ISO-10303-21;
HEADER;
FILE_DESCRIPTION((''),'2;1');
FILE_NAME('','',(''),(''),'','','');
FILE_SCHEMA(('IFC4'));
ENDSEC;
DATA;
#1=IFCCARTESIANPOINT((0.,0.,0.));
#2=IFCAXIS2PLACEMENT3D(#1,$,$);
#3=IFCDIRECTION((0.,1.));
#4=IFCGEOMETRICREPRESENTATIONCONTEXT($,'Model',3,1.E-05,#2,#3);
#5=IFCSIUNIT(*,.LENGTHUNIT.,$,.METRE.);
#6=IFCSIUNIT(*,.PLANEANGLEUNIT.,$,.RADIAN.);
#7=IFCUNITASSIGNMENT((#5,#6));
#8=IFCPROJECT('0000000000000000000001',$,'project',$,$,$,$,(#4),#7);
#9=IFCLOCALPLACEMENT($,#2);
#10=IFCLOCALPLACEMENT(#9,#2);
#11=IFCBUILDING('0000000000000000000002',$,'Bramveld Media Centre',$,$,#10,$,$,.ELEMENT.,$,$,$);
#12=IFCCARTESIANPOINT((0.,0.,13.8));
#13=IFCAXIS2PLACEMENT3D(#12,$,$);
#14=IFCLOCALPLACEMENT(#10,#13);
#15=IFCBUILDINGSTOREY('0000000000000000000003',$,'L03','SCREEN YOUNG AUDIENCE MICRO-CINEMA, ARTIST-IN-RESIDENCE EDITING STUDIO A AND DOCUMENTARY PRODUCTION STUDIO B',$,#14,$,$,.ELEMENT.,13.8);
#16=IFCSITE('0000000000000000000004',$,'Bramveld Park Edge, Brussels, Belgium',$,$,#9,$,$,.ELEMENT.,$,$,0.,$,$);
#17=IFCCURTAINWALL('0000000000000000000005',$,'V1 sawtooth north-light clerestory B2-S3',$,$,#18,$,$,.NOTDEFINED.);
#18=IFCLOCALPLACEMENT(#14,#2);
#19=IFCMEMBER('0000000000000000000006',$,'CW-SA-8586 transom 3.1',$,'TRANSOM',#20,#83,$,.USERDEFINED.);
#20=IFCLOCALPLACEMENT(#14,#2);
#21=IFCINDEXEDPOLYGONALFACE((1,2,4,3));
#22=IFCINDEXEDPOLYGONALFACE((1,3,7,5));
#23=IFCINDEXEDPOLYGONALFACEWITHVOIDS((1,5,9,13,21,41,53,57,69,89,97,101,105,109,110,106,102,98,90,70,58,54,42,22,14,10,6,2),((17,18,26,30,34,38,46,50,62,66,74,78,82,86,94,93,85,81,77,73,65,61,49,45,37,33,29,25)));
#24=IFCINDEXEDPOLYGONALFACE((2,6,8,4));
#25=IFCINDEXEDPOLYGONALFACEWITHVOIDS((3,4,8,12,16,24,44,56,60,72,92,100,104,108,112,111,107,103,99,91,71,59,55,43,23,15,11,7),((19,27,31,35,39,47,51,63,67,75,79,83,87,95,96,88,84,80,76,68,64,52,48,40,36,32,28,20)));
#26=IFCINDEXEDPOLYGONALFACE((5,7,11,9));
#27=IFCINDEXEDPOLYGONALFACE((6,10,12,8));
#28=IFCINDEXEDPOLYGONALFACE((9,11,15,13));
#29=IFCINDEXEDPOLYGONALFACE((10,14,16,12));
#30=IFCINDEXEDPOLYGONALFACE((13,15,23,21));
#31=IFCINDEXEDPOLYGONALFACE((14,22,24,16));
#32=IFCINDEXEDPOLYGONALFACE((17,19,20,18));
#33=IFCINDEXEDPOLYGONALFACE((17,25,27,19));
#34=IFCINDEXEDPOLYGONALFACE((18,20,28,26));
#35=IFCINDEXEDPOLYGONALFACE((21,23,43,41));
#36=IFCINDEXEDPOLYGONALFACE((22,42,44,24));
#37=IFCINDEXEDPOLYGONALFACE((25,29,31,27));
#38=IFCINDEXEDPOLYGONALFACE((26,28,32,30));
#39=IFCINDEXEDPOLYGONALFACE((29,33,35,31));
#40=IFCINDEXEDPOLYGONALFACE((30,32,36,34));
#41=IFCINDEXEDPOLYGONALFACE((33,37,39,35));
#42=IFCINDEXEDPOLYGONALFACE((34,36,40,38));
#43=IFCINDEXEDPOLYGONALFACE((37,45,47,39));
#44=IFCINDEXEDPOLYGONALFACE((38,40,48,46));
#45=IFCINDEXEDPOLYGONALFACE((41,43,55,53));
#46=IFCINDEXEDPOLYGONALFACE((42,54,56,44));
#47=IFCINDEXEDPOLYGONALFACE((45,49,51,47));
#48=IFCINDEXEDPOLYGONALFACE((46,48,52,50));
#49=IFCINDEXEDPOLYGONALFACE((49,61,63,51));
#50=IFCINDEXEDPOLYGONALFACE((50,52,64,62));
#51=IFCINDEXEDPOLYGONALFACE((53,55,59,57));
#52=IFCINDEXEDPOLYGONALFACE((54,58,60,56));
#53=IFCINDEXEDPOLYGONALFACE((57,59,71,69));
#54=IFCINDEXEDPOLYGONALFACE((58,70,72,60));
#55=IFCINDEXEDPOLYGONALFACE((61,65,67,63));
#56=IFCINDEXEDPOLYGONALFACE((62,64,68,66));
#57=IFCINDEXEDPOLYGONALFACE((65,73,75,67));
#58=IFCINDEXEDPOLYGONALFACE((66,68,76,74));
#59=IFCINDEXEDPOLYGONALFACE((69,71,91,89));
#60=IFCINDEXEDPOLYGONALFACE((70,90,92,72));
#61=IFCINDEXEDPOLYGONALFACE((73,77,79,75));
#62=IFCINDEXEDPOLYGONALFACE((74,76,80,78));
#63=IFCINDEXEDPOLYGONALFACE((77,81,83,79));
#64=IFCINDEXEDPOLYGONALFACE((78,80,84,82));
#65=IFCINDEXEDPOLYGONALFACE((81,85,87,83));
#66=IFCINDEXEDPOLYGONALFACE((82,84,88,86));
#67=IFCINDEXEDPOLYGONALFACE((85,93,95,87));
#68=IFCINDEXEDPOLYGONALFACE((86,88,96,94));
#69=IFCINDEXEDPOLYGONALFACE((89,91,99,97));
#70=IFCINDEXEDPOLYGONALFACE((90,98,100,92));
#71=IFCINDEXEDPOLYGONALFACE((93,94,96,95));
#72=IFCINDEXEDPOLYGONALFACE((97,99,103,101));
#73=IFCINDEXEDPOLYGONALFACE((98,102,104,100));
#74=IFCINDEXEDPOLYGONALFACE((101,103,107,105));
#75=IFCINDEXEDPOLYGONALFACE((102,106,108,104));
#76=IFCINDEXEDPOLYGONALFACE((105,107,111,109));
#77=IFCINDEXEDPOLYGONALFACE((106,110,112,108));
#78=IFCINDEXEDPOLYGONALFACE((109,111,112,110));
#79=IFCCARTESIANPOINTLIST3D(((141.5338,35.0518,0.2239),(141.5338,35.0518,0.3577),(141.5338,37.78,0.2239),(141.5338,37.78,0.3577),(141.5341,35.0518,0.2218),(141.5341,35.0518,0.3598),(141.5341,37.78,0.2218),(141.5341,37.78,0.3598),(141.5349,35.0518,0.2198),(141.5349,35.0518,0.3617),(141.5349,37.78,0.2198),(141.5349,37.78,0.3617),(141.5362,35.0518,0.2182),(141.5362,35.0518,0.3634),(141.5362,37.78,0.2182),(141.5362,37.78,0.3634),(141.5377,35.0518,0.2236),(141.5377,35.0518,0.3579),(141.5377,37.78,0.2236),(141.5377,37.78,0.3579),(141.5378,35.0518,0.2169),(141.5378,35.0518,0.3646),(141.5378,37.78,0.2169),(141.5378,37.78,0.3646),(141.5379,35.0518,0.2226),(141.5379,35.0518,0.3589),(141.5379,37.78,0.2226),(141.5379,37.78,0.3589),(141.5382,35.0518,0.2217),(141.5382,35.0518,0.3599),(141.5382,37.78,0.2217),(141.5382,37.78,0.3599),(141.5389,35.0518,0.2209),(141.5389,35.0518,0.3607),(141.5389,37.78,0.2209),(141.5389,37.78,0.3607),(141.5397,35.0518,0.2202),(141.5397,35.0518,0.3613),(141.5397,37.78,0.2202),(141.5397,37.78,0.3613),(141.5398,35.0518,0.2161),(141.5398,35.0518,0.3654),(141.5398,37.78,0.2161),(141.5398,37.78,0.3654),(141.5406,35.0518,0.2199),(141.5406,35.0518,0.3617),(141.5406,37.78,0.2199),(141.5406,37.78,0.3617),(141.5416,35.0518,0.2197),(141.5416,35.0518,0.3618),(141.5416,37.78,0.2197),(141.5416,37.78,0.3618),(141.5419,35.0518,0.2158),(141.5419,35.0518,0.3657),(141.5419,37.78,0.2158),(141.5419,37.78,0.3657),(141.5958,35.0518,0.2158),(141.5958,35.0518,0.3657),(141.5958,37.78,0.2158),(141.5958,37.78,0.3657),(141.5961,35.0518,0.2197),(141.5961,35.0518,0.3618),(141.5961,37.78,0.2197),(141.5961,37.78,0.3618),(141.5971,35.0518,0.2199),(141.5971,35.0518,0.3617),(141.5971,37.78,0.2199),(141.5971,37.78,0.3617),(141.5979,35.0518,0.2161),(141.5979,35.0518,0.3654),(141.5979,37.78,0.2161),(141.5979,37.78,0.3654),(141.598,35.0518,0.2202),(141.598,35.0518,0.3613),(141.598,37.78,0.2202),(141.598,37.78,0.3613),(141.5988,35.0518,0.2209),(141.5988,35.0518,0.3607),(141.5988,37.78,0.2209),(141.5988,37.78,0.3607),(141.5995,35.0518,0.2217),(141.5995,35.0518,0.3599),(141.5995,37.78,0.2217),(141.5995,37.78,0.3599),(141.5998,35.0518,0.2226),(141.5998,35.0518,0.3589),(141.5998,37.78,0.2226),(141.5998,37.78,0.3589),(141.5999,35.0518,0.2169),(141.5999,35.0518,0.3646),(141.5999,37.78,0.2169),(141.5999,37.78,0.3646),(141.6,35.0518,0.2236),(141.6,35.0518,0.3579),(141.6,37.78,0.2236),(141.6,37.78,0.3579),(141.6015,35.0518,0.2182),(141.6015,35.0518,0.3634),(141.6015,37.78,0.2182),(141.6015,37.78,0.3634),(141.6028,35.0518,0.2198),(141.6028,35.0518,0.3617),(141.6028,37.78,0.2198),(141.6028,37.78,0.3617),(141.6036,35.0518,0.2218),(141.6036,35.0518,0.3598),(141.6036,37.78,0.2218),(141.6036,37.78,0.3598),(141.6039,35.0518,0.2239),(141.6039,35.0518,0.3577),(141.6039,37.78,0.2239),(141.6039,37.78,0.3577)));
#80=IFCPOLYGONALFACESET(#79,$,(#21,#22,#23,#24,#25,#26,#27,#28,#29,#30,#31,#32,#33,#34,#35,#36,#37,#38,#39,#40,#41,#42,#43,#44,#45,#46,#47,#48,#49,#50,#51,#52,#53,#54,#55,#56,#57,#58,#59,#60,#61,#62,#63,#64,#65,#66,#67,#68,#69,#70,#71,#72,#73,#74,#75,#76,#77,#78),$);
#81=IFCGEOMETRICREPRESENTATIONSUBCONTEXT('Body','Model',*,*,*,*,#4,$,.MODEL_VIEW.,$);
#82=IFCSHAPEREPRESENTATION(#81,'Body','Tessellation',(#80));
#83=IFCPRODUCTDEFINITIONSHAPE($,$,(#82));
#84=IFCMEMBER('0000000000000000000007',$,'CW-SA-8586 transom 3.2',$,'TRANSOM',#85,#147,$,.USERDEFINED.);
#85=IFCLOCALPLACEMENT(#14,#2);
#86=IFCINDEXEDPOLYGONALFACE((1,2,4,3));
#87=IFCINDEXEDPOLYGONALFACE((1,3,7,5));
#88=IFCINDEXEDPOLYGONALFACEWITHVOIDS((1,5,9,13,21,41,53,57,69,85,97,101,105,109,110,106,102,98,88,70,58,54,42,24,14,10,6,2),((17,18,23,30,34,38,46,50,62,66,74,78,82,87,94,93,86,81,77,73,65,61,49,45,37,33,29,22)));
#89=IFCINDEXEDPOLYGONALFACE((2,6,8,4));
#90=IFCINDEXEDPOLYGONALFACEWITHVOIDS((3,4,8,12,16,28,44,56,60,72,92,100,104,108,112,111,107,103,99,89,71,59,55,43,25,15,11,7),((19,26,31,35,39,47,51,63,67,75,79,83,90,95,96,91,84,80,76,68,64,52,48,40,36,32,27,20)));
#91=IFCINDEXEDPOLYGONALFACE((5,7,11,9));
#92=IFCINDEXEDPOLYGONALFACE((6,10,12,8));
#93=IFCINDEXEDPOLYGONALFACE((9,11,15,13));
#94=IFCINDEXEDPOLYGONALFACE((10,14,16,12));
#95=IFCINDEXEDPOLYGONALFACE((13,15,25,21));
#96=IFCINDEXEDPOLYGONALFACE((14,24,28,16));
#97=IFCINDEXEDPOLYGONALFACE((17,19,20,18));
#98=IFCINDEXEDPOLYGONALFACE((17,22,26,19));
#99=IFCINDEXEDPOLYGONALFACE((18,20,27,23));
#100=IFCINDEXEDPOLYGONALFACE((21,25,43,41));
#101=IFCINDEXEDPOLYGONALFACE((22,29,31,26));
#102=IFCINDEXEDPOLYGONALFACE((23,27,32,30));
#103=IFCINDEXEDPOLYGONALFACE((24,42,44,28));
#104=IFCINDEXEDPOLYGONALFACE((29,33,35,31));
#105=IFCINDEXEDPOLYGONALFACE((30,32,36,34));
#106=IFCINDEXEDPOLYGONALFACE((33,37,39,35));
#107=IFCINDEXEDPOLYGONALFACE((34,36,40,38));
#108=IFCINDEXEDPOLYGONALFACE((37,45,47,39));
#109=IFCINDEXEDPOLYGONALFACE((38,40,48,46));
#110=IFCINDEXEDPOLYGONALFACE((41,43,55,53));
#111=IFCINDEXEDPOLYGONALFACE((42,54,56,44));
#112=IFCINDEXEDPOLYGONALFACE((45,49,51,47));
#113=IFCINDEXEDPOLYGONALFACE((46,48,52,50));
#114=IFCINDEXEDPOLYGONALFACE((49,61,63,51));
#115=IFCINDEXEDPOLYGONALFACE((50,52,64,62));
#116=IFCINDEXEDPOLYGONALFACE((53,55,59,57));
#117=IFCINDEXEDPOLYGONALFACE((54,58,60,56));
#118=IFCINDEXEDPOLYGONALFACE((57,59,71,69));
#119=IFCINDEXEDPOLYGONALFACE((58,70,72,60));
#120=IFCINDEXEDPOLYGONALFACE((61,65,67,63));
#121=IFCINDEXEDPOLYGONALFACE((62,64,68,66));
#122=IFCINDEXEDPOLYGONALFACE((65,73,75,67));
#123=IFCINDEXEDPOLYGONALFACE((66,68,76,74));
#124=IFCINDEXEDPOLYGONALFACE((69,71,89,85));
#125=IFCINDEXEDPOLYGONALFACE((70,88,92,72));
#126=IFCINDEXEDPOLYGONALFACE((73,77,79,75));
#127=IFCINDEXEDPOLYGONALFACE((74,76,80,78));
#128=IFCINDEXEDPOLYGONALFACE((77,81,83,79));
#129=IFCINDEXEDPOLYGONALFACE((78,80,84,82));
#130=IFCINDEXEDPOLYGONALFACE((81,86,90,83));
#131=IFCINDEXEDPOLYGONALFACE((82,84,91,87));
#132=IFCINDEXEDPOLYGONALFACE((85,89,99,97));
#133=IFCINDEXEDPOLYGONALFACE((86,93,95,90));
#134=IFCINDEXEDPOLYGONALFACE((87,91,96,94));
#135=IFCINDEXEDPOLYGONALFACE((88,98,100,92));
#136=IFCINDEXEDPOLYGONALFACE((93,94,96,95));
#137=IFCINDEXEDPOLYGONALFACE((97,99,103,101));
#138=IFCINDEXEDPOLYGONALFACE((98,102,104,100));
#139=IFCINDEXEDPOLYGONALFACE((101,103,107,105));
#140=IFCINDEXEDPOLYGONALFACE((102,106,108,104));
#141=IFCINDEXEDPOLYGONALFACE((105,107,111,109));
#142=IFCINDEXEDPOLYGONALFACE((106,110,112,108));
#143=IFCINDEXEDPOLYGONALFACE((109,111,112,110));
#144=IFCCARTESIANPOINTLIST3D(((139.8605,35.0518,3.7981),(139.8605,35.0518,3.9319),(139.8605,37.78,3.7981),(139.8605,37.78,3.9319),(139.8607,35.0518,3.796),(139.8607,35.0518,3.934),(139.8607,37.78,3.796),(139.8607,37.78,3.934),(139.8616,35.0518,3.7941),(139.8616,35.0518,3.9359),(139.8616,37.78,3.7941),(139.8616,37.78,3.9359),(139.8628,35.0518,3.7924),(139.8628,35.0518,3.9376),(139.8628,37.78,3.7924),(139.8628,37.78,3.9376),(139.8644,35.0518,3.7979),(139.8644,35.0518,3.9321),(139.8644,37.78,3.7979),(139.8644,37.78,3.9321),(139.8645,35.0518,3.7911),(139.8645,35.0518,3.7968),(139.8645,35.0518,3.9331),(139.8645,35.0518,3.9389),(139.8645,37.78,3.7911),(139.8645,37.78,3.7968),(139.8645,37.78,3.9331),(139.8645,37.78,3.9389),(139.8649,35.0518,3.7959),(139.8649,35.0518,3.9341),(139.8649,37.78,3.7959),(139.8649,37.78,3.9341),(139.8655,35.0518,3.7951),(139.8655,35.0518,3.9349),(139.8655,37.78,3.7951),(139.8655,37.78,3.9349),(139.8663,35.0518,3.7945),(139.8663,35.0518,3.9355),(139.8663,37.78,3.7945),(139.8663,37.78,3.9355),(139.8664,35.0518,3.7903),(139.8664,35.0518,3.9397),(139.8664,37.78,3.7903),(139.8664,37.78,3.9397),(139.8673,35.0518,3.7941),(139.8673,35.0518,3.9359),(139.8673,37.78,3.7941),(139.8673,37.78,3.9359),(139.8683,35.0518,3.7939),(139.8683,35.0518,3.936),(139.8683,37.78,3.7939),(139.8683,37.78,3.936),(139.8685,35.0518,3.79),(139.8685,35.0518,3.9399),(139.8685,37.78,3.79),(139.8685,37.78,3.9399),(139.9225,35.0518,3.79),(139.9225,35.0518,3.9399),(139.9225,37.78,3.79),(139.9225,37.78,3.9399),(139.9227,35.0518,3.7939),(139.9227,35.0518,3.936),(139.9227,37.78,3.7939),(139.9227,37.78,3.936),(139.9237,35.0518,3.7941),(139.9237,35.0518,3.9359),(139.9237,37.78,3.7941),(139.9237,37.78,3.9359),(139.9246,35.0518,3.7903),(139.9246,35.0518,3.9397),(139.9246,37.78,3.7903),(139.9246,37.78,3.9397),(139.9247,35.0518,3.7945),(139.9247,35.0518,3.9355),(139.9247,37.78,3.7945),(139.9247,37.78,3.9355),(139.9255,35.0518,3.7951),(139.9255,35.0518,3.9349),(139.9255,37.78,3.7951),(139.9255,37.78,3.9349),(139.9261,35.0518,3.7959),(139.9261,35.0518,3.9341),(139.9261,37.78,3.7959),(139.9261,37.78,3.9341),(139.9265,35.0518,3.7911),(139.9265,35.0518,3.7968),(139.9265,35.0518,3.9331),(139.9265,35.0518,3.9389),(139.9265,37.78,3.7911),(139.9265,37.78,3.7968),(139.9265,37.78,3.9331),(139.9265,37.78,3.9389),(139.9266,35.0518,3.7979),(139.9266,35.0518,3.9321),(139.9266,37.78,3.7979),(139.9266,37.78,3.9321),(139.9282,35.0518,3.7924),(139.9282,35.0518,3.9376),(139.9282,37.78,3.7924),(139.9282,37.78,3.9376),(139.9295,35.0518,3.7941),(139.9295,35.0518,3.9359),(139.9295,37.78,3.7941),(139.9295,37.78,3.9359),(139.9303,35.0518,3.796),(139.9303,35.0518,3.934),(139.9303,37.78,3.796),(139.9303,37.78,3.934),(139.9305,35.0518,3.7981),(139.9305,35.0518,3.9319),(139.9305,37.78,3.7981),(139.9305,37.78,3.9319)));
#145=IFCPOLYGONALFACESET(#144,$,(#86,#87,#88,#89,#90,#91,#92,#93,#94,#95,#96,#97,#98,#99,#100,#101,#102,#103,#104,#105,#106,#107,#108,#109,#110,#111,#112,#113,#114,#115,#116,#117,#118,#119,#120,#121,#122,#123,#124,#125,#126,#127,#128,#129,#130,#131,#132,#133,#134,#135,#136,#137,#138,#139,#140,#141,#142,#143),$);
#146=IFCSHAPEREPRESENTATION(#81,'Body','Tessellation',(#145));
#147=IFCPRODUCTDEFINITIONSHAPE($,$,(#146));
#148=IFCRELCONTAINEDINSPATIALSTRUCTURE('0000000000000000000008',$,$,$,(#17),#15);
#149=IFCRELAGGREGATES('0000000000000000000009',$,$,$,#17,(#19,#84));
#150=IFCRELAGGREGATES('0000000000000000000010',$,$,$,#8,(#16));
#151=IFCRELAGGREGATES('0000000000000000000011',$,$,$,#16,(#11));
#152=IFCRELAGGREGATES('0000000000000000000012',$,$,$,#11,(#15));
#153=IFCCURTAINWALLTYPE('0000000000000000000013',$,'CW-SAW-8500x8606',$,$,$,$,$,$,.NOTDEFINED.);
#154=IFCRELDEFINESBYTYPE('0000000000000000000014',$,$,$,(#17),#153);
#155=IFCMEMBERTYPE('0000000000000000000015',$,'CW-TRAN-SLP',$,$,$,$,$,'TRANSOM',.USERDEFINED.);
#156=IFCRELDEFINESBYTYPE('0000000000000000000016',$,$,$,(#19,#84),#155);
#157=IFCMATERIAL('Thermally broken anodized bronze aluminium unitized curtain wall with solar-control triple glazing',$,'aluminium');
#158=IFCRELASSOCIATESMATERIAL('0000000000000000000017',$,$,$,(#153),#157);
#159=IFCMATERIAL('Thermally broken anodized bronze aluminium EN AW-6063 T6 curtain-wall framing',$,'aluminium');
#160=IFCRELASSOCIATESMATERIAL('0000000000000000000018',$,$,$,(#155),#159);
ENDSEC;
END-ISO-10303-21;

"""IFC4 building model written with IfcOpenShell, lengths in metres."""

from ifc_helpers import new_model, si_unit, direction, frame, origin, origin_2d, place, context, subcontext, project, spatial, hollow_rectangle, extrude, material, material_profile, profile_set, type_object, element, aggregate, save


model = new_model("IFC4")

# Units and contexts
model_context = context("Model", 3, precision=1e-05, world=origin(), true_north=direction((0.0, 1.0)))
body_context = subcontext(model_context, "Body", "Model", "MODEL_VIEW")
ifc_project = project(units=[si_unit("LENGTHUNIT", "METRE"), si_unit("PLANEANGLEUNIT", "RADIAN")], contexts=[model_context])

# Site, building, storey
site_placement = place(None, origin())
site = spatial("IfcSite", under=ifc_project, at=site_placement, Name="Bramveld Park Edge, Brussels, Belgium", CompositionType="ELEMENT", RefElevation=0.0)
building_placement = place(site_placement, origin())
building = spatial("IfcBuilding", under=site, at=building_placement, Name="Bramveld Media Centre", CompositionType="ELEMENT")
storey_placement = place(building_placement, frame((0.0, 0.0, 13.8)))
storey = spatial("IfcBuildingStorey", under=building, at=storey_placement, Name="L03", Description="SCREEN YOUNG AUDIENCE MICRO-CINEMA, ARTIST-IN-RESIDENCE EDITING STUDIO A AND DOCUMENTARY PRODUCTION STUDIO B", CompositionType="ELEMENT", Elevation=13.8)

# Curtain wall, members
ifc_material_1 = material(Name="Thermally broken anodized bronze aluminium unitized curtain wall with solar-control triple glazing", Category="aluminium")
curtain_wall_type = type_object("IfcCurtainWallType", Name="CW-SAW-8500x8606", PredefinedType="NOTDEFINED", material=ifc_material_1)
curtain_wall_1_placement = place(storey_placement, origin())
curtain_wall_1 = element("IfcCurtainWall", 1, at=curtain_wall_1_placement, inside=storey, type_object=curtain_wall_type, Name="V1 sawtooth north-light clerestory B2-S3", PredefinedType="NOTDEFINED")
ifc_material_2 = material(Name="Thermally broken anodized bronze aluminium EN AW-6063 T6 curtain-wall framing", Category="aluminium")
ifc_material_profile_1 = material_profile(ifc_material_2, hollow_rectangle(XDim=0.0701, YDim=0.1499, WallThickness=0.0039, InnerFilletRadius=0.0039, OuterFilletRadius=0.0081, at=origin_2d()), Name="AL-TRAN 70x150")
ifc_profile_set_1 = profile_set([ifc_material_profile_1], Name="Thermally broken anodized bronze aluminium EN AW-6063 T6 curtain-wall framing")
member_type_1 = type_object("IfcMemberType", Name="CW-TRAN-SLP", ElementType="TRANSOM", PredefinedType="USERDEFINED", material=ifc_profile_set_1)
member_1_placement = place(storey_placement, frame((141.5688, 35.0518, 0.2908), z_axis=(0.0, 1.0, 0.0), x_axis=(-1.0, 0.0, 0.0)))
member_1 = element("IfcMember", 2, at=member_1_placement, type_object=member_type_1, Name="CW-SA-8586 transom 3.1", ObjectType="TRANSOM", PredefinedType="USERDEFINED", context=body_context, shape_type="SweptSolid", body=[
    extrude(hollow_rectangle(XDim=0.0701, YDim=0.1499, WallThickness=0.0039, InnerFilletRadius=0.0039, OuterFilletRadius=0.0081, at=origin_2d()), origin(), (0.0, 0.0, 1.0), 2.7283),
])
member_2_placement = place(storey_placement, frame((139.8955, 35.0518, 3.865), z_axis=(0.0, 1.0, 0.0), x_axis=(-1.0, 0.0, 0.0)))
member_2 = element("IfcMember", 3, at=member_2_placement, type_object=member_type_1, Name="CW-SA-8586 transom 3.2", ObjectType="TRANSOM", PredefinedType="USERDEFINED", context=body_context, shape_type="SweptSolid", body=[
    extrude(hollow_rectangle(XDim=0.0701, YDim=0.1499, WallThickness=0.0039, InnerFilletRadius=0.0039, OuterFilletRadius=0.0081, at=origin_2d()), origin(), (0.0, 0.0, 1.0), 2.7283),
])

aggregate(curtain_wall_1, [member_1, member_2])

save(model, "model.ifc")
